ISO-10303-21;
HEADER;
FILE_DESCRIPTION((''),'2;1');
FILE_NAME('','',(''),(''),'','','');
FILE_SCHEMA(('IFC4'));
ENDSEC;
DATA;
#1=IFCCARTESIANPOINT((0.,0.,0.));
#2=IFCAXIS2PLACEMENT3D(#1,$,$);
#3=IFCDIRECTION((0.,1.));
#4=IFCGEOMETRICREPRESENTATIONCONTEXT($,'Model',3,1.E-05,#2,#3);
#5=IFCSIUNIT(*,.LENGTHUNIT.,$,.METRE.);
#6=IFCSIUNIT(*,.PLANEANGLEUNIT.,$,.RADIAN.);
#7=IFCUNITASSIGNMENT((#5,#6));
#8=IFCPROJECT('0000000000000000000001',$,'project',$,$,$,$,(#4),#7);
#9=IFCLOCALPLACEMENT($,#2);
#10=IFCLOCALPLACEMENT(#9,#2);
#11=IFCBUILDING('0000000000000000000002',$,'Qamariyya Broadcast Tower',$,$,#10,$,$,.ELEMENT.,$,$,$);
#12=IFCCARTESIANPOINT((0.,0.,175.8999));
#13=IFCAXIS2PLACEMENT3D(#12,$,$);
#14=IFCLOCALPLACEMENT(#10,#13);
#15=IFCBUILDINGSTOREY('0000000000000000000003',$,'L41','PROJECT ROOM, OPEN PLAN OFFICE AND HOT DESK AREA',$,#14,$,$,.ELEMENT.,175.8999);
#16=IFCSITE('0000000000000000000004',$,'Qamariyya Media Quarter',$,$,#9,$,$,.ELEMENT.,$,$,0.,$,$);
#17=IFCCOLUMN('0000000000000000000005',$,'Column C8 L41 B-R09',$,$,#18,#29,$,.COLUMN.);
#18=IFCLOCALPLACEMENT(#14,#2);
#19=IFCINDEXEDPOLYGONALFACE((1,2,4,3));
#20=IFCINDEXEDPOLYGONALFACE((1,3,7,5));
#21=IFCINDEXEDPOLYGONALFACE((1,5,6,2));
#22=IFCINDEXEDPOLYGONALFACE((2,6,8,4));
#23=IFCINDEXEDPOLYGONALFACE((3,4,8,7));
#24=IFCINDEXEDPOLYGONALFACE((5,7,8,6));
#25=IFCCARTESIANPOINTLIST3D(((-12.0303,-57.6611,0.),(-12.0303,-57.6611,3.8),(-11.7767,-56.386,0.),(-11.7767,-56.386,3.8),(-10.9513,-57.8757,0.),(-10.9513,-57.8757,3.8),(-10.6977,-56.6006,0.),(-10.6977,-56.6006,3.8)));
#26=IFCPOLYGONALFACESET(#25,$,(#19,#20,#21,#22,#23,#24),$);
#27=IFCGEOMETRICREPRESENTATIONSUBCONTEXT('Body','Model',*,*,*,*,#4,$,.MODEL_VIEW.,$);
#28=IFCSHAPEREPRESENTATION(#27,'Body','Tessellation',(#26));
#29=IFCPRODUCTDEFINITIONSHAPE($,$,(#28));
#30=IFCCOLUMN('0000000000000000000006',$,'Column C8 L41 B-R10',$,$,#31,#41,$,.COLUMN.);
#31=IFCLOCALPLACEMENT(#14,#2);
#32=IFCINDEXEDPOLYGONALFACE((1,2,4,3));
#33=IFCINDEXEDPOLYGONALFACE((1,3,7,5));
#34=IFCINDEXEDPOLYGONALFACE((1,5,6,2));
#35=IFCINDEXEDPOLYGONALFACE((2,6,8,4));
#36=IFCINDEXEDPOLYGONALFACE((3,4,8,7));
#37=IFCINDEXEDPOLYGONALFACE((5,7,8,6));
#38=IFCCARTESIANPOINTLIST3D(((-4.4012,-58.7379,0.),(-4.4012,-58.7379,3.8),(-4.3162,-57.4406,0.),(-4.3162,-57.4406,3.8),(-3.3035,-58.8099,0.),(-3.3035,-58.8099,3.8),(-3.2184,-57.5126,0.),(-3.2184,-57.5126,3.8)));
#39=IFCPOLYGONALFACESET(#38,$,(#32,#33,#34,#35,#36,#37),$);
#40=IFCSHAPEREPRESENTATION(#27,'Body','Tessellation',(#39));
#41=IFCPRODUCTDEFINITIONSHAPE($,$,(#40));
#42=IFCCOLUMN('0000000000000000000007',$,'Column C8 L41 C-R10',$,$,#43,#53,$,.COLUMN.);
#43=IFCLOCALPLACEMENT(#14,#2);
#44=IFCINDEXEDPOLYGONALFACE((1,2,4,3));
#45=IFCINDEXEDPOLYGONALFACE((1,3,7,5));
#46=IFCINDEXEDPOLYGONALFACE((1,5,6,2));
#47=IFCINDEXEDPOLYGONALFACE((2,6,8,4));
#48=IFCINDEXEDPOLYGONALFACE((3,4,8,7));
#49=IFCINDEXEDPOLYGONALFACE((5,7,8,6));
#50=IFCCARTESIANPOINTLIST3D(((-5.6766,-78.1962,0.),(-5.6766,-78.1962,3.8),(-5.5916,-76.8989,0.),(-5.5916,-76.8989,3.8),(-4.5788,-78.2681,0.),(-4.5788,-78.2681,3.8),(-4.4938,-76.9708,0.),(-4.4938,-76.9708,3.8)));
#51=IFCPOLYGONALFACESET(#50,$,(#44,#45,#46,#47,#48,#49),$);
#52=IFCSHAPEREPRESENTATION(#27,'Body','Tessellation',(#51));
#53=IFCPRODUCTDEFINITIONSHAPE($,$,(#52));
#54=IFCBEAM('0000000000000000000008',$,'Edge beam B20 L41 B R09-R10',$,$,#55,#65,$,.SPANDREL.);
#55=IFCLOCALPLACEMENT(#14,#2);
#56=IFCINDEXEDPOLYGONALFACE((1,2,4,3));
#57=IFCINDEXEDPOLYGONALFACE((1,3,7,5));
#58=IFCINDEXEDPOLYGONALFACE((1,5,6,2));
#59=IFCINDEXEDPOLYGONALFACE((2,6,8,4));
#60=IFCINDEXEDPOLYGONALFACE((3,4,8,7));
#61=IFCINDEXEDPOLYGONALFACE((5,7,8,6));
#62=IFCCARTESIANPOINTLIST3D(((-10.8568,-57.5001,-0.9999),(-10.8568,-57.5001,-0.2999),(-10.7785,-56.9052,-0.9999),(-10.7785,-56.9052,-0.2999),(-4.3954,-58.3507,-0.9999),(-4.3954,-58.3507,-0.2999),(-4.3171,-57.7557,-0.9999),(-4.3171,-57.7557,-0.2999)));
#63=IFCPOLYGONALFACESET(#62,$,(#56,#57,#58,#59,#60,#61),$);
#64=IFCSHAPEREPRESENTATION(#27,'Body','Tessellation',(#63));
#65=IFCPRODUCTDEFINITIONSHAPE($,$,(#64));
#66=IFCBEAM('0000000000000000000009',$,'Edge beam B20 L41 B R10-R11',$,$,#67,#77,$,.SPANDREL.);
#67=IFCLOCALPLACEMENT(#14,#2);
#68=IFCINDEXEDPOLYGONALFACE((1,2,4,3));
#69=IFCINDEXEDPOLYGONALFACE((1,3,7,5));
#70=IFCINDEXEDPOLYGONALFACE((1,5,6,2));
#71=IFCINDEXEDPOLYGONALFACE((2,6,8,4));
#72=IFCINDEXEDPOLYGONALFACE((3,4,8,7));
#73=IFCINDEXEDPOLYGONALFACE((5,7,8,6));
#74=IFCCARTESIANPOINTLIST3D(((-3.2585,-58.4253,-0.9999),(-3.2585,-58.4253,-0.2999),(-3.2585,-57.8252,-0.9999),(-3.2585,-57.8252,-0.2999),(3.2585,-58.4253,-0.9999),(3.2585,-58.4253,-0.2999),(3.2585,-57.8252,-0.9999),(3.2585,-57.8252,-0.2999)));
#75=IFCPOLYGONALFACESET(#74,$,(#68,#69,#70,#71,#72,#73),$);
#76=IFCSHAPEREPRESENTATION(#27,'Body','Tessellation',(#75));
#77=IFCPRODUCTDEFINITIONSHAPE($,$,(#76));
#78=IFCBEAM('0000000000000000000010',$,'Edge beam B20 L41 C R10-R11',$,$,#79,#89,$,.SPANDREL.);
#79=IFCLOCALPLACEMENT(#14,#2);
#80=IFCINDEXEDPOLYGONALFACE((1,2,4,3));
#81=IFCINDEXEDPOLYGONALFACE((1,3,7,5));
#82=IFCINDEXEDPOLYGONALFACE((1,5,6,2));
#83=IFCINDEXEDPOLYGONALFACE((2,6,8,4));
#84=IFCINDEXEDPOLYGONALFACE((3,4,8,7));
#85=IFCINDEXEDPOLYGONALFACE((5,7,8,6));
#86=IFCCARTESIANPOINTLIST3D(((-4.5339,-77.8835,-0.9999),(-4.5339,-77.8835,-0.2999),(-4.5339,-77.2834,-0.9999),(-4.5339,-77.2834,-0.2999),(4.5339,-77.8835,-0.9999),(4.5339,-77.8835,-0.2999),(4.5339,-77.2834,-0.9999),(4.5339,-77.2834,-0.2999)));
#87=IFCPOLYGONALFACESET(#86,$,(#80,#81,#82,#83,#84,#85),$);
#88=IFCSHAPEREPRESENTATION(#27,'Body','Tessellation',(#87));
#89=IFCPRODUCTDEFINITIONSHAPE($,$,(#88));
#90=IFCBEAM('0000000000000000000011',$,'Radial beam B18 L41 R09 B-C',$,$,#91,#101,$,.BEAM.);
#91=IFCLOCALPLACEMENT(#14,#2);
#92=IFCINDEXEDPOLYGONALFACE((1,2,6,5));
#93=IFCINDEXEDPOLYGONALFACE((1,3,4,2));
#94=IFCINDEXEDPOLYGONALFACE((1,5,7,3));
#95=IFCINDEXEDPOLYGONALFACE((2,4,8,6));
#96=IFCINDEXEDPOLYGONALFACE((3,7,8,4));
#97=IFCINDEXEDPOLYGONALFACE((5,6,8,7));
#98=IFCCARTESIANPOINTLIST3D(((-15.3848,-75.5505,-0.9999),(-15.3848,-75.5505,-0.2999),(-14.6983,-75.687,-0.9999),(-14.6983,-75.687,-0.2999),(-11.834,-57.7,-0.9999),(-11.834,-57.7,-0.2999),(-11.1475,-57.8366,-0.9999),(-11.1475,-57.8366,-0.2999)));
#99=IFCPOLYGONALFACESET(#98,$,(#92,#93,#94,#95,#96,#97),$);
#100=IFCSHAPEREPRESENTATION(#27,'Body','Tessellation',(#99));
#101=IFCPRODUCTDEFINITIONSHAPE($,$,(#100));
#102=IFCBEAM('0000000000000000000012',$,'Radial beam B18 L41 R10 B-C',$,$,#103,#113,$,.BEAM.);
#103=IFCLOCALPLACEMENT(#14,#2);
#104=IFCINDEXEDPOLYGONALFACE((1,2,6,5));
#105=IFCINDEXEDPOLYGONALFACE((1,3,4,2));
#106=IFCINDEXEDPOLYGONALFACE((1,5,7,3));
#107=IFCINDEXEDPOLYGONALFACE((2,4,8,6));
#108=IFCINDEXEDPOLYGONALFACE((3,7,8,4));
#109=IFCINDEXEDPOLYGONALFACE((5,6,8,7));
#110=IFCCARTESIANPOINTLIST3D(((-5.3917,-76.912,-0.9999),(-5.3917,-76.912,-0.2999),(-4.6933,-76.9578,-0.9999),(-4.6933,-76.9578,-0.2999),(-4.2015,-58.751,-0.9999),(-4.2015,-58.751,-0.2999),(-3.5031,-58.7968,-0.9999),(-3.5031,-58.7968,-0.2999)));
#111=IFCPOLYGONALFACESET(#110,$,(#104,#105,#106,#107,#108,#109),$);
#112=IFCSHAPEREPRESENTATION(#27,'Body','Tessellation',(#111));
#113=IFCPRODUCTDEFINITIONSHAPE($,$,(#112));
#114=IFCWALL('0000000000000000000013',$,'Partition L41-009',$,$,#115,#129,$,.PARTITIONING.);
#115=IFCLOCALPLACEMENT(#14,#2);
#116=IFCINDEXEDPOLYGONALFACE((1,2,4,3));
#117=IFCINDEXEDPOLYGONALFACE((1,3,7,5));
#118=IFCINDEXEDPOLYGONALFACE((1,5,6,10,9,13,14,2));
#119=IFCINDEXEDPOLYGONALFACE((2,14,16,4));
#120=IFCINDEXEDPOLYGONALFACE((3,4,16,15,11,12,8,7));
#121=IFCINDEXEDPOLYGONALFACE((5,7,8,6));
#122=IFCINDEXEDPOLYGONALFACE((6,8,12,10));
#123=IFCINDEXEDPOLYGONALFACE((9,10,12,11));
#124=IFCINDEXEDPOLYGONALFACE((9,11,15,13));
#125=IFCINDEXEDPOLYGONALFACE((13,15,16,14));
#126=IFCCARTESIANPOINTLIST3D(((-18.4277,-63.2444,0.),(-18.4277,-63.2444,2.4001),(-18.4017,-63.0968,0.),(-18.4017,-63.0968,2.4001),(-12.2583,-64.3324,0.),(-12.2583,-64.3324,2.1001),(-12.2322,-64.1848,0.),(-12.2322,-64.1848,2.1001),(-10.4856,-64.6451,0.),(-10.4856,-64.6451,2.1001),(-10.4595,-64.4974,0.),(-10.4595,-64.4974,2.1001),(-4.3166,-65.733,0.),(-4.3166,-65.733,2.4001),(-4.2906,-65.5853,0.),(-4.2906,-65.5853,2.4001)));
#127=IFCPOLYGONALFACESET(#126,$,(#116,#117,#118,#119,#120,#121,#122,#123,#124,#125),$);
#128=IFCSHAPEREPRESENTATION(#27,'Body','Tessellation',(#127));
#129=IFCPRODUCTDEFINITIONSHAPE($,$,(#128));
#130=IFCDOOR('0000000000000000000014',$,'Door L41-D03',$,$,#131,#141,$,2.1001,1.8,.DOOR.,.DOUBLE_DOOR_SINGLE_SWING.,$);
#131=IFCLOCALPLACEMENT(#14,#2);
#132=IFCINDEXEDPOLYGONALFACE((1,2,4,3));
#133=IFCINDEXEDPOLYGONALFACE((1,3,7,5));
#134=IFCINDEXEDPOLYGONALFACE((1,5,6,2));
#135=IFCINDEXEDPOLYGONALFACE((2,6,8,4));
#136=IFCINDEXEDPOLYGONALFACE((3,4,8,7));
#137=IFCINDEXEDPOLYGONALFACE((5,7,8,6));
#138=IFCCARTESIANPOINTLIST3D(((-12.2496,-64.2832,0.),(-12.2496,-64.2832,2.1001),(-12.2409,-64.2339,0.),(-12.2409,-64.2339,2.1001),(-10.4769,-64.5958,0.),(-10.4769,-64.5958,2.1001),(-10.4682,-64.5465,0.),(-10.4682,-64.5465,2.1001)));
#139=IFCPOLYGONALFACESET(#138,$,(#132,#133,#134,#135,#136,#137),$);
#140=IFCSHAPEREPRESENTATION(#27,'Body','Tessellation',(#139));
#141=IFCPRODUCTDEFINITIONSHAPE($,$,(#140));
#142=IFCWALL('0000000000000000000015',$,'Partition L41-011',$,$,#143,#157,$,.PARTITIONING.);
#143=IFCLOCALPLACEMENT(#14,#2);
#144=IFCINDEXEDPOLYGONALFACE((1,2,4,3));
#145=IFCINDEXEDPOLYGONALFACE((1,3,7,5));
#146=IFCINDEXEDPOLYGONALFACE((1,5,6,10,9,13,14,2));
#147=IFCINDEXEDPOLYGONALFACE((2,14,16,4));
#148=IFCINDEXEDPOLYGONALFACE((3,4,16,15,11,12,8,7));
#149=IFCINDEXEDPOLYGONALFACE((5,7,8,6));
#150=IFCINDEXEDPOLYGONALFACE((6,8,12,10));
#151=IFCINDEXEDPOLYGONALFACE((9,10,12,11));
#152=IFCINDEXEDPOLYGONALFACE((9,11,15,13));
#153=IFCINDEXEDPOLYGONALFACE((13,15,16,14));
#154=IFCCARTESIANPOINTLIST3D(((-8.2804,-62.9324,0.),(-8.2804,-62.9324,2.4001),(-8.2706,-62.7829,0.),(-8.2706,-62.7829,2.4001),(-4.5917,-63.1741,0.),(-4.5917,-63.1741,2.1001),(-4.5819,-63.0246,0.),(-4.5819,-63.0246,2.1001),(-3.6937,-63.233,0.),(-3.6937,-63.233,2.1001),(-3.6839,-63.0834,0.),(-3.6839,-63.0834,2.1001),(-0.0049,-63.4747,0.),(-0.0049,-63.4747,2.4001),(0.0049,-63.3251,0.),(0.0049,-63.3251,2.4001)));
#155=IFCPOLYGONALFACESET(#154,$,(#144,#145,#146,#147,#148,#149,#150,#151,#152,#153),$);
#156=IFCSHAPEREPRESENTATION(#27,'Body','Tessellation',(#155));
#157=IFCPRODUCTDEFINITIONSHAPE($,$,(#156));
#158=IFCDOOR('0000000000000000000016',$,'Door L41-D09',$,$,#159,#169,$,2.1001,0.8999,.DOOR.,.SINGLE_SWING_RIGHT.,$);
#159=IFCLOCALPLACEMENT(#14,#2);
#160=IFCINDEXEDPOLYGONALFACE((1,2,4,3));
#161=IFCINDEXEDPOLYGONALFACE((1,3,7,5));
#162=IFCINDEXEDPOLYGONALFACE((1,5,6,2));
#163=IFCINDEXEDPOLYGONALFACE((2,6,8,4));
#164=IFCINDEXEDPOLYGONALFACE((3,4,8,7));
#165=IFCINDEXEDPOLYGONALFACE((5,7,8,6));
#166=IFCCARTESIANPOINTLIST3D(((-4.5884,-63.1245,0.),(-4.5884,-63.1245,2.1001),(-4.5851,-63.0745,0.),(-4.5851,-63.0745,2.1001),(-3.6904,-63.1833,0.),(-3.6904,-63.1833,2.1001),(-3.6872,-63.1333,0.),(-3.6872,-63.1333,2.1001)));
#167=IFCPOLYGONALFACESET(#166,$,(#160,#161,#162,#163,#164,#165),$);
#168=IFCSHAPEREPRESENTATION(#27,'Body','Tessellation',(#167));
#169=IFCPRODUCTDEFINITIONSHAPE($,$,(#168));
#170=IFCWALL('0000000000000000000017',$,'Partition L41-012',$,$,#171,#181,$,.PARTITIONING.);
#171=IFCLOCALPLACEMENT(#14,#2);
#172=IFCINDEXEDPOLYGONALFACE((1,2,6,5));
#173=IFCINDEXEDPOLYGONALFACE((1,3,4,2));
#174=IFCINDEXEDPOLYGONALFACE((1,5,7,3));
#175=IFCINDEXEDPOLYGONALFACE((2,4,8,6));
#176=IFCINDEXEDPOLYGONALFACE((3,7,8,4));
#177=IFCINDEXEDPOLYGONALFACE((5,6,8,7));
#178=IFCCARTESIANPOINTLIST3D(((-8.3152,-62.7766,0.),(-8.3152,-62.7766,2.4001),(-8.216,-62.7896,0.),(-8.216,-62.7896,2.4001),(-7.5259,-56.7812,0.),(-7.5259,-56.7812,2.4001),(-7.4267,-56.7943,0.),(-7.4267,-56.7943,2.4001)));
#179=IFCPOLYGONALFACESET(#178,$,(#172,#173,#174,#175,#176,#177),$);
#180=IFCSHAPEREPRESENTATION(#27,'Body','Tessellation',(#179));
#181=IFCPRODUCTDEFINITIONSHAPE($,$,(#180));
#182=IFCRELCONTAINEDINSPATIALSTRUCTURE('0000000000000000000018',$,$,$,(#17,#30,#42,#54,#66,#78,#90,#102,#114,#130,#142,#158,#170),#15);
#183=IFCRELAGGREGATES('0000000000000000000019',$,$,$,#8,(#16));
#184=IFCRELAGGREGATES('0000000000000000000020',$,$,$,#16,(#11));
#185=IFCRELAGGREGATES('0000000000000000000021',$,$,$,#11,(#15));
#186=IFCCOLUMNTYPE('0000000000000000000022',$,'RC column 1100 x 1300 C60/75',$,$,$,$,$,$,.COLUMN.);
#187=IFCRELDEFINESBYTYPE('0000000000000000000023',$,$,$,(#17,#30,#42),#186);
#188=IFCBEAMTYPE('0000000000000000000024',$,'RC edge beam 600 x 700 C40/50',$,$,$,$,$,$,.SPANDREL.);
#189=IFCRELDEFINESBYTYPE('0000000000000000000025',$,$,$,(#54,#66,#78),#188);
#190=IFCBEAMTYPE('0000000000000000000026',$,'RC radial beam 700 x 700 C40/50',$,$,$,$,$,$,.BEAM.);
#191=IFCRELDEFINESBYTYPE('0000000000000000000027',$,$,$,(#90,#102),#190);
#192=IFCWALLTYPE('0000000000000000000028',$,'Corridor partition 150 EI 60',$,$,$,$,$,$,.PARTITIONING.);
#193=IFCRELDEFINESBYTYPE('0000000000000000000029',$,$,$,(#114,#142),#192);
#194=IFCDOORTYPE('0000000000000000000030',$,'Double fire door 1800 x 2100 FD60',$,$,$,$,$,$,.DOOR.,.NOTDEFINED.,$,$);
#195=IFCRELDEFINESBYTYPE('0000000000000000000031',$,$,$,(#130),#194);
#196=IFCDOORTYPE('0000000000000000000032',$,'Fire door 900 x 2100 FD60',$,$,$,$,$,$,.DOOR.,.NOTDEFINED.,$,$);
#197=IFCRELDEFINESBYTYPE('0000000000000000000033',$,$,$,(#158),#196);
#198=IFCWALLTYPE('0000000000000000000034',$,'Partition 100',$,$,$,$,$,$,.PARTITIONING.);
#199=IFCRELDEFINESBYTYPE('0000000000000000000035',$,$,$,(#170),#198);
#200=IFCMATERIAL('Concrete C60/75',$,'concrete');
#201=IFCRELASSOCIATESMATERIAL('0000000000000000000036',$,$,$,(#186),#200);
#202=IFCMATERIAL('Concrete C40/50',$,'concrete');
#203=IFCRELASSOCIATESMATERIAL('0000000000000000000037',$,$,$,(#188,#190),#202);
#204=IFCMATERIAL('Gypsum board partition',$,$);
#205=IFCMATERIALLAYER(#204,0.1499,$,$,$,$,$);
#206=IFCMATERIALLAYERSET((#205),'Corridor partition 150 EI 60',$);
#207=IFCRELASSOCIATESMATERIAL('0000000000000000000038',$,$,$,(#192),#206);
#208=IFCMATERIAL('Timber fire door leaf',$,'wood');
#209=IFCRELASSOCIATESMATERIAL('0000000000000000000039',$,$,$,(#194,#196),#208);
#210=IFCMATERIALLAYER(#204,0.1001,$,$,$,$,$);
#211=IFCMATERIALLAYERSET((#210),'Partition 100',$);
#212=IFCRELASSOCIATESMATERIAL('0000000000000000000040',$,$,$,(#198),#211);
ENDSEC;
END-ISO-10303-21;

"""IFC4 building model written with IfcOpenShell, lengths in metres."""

from ifc_helpers import new_model, si_unit, direction, frame, frame_2d, origin, origin_2d, place, context, subcontext, project, spatial, rectangle, extrude, material, layer, layer_set, material_profile, profile_set, type_object, element, fill, save


model = new_model("IFC4")

# Units and contexts
model_context = context("Model", 3, precision=1e-05, world=origin(), true_north=direction((0.0, 1.0)))
body_context = subcontext(model_context, "Body", "Model", "MODEL_VIEW")
ifc_project = project(units=[si_unit("LENGTHUNIT", "METRE"), si_unit("PLANEANGLEUNIT", "RADIAN")], contexts=[model_context])

# Site, building, storey
site_placement = place(None, origin())
site = spatial("IfcSite", under=ifc_project, at=site_placement, Name="Qamariyya Media Quarter", CompositionType="ELEMENT", RefElevation=0.0)
building_placement = place(site_placement, origin())
building = spatial("IfcBuilding", under=site, at=building_placement, Name="Qamariyya Broadcast Tower", CompositionType="ELEMENT")
storey_placement = place(building_placement, frame((0.0, 0.0, 175.8999)))
storey = spatial("IfcBuildingStorey", under=building, at=storey_placement, Name="L41", Description="PROJECT ROOM, OPEN PLAN OFFICE AND HOT DESK AREA", CompositionType="ELEMENT", Elevation=175.8999)

# Columns
ifc_material_1 = material(Name="Concrete C60/75", Category="concrete")
ifc_material_profile_1 = material_profile(ifc_material_1, rectangle(XDim=1.1001, YDim=1.3, at=origin_2d()))
ifc_profile_set_1 = profile_set([ifc_material_profile_1], Name="Concrete C60/75")
column_type = type_object("IfcColumnType", Name="RC column 1100 x 1300 C60/75", PredefinedType="COLUMN", material=ifc_profile_set_1)
for number, where, z_axis, x_axis, name in (
    (1, (-11.364, -57.1309, 0.0), (0.0, 0.0, 1.0), (0.980785, -0.19509, 0.0), "Column C8 L41 B-R09"),
    (2, (-3.8098, -58.1252, 0.0), (0.0, 0.0, 1.0), (0.997859, -0.065403, 0.0), "Column C8 L41 B-R10"),
    (3, (-5.0852, -77.5835, 0.0), (0.0, 0.0, 1.0), (0.997859, -0.065403, 0.0), "Column C8 L41 C-R10"),
):
    element("IfcColumn", number, at=place(storey_placement, frame(where, z_axis=z_axis, x_axis=x_axis)), inside=storey, type_object=column_type, Name=name, PredefinedType="COLUMN", context=body_context, shape_type="SweptSolid", body=[
        extrude(rectangle(XDim=1.1001, YDim=1.3, at=origin_2d()), origin(), (0.0, 0.0, 1.0), 3.8),
    ])

# Beams
ifc_material_2 = material(Name="Concrete C40/50", Category="concrete")
ifc_material_profile_2 = material_profile(ifc_material_2, rectangle(XDim=0.6001, YDim=0.7, at=origin_2d()))
ifc_profile_set_2 = profile_set([ifc_material_profile_2], Name="Concrete C40/50")
beam_type_1 = type_object("IfcBeamType", Name="RC edge beam 600 x 700 C40/50", PredefinedType="SPANDREL", material=ifc_profile_set_2)
for number, where, z_axis, x_axis, name in (
    (4, (-10.8176, -57.2026, -0.6499), (0.991446, -0.130515, 0.0), (0.130515, 0.991446, 0.0), "Edge beam B20 L41 B R09-R10"),
    (5, (-3.2585, -58.1252, -0.6499), (1.0, 0.0, 0.0), (0.0, 1.0, 0.0), "Edge beam B20 L41 B R10-R11"),
):
    element("IfcBeam", number, at=place(storey_placement, frame(where, z_axis=z_axis, x_axis=x_axis)), inside=storey, type_object=beam_type_1, Name=name, PredefinedType="SPANDREL", context=body_context, shape_type="SweptSolid", body=[
        extrude(rectangle(XDim=0.6001, YDim=0.7, at=origin_2d()), origin(), (0.0, 0.0, 1.0), 6.5171),
    ])
beam_1_placement = place(storey_placement, frame((-4.5339, -77.5835, -0.6499), z_axis=(1.0, 0.0, 0.0), x_axis=(0.0, 1.0, 0.0)))
element("IfcBeam", 6, at=beam_1_placement, inside=storey, type_object=beam_type_1, Name="Edge beam B20 L41 C R10-R11", PredefinedType="SPANDREL", context=body_context, shape_type="SweptSolid", body=[
    extrude(rectangle(XDim=0.6001, YDim=0.7, at=origin_2d()), origin(), (0.0, 0.0, 1.0), 9.0679),
])
ifc_material_profile_3 = material_profile(ifc_material_2, rectangle(XDim=0.7, YDim=0.7, at=origin_2d()))
ifc_profile_set_3 = profile_set([ifc_material_profile_3], Name="Concrete C40/50")
beam_type_2 = type_object("IfcBeamType", Name="RC radial beam 700 x 700 C40/50", PredefinedType="BEAM", material=ifc_profile_set_3)
beam_2_placement = place(storey_placement, frame((-11.4907, -57.7683, -0.6499), z_axis=(-0.195097, -0.980784, 0.0), x_axis=(0.980784, -0.195097, 0.0)))
element("IfcBeam", 7, at=beam_2_placement, inside=storey, type_object=beam_type_2, Name="Radial beam B18 L41 R09 B-C", PredefinedType="BEAM", context=body_context, shape_type="SweptSolid", body=[
    extrude(rectangle(XDim=0.7, YDim=0.7, at=origin_2d()), origin(), (0.0, 0.0, 1.0), 18.2002),
])
beam_3_placement = place(storey_placement, frame((-3.8523, -58.7739, -0.6499), z_axis=(-0.065395, -0.997859, 0.0), x_axis=(0.997859, -0.065395, 0.0)))
element("IfcBeam", 8, at=beam_3_placement, inside=storey, type_object=beam_type_2, Name="Radial beam B18 L41 R10 B-C", PredefinedType="BEAM", context=body_context, shape_type="SweptSolid", body=[
    extrude(rectangle(XDim=0.7, YDim=0.7, at=origin_2d()), origin(), (0.0, 0.0, 1.0), 18.2),
])

# Walls, openings, doors
ifc_material_3 = material(Name="Gypsum board partition")
ifc_layer_1 = layer(ifc_material_3, 0.1499)
ifc_layer_set_1 = layer_set([ifc_layer_1], Name="Corridor partition 150 EI 60")
wall_type_1 = type_object("IfcWallType", Name="Corridor partition 150 EI 60", PredefinedType="PARTITIONING", material=ifc_layer_set_1)
wall_1_placement = place(storey_placement, frame((-4.3035, -65.6592, 0.0), z_axis=(0.0, 0.0, 1.0), x_axis=(-0.984803, 0.173673, 0.0)))
wall_1 = element("IfcWall", 9, at=wall_1_placement, inside=storey, type_object=wall_type_1, Name="Partition L41-009", PredefinedType="PARTITIONING", context=body_context, shape_type="SweptSolid", body=[
    extrude(rectangle(XDim=14.3289, YDim=0.1499, at=frame_2d((7.1646, 0.0))), origin(), (0.0, 0.0, 1.0), 2.4001),
])
opening_1_placement = place(wall_1_placement, frame((6.2644, 0.0, 0.0)))
opening_1 = element("IfcOpeningElement", 10, at=opening_1_placement, cuts=wall_1, PredefinedType="OPENING", context=body_context, shape_type="SweptSolid", body=[
    extrude(rectangle(XDim=1.8, YDim=2.1001, at=frame_2d((0.8999, 1.05))), frame((0.0, 0.085, 0.0), z_axis=(0.0, -1.0, 0.0), x_axis=(1.0, 0.0, 0.0)), (0.0, 0.0, 1.0), 0.1699),
])
ifc_material_4 = material(Name="Timber fire door leaf", Category="wood")
door_type_1 = type_object("IfcDoorType", Name="Double fire door 1800 x 2100 FD60", OperationType="NOTDEFINED", PredefinedType="DOOR", material=ifc_material_4)
door_1_placement = place(opening_1_placement, origin())
door_1 = element("IfcDoor", 11, at=door_1_placement, inside=storey, type_object=door_type_1, Name="Door L41-D03", OperationType="DOUBLE_DOOR_SINGLE_SWING", OverallHeight=2.1001, OverallWidth=1.8, PredefinedType="DOOR", context=body_context, shape_type="SweptSolid", body=[
    extrude(rectangle(XDim=1.8, YDim=2.1001, at=frame_2d((0.8999, 1.05))), frame((0.0, 0.0249, 0.0), z_axis=(0.0, -1.0, 0.0), x_axis=(1.0, 0.0, 0.0)), (0.0, 0.0, 1.0), 0.05),
])
fill(opening_1, door_1)
wall_2_placement = place(storey_placement, frame((-8.2754, -62.8577, 0.0), z_axis=(0.0, 0.0, 1.0), x_axis=(0.99786, -0.065384, 0.0)))
wall_2 = element("IfcWall", 12, at=wall_2_placement, inside=storey, type_object=wall_type_1, Name="Partition L41-011", PredefinedType="PARTITIONING", context=body_context, shape_type="SweptSolid", body=[
    extrude(rectangle(XDim=8.2932, YDim=0.1499, at=frame_2d((4.1465, 0.0))), origin(), (0.0, 0.0, 1.0), 2.4001),
])
opening_2_placement = place(wall_2_placement, frame((3.6965, 0.0, 0.0)))
opening_2 = element("IfcOpeningElement", 13, at=opening_2_placement, cuts=wall_2, PredefinedType="OPENING", context=body_context, shape_type="SweptSolid", body=[
    extrude(rectangle(XDim=0.8999, YDim=2.1001, at=frame_2d((0.45, 1.05))), frame((0.0, 0.085, 0.0), z_axis=(0.0, -1.0, 0.0), x_axis=(1.0, 0.0, 0.0)), (0.0, 0.0, 1.0), 0.1699),
])
door_type_2 = type_object("IfcDoorType", Name="Fire door 900 x 2100 FD60", OperationType="NOTDEFINED", PredefinedType="DOOR", material=ifc_material_4)
door_2_placement = place(opening_2_placement, origin())
door_2 = element("IfcDoor", 14, at=door_2_placement, inside=storey, type_object=door_type_2, Name="Door L41-D09", OperationType="SINGLE_SWING_RIGHT", OverallHeight=2.1001, OverallWidth=0.8999, PredefinedType="DOOR", context=body_context, shape_type="SweptSolid", body=[
    extrude(rectangle(XDim=0.8999, YDim=2.1001, at=frame_2d((0.45, 1.05))), frame((0.0, 0.0249, 0.0), z_axis=(0.0, -1.0, 0.0), x_axis=(1.0, 0.0, 0.0)), (0.0, 0.0, 1.0), 0.05),
])
fill(opening_2, door_2)

# Wall
ifc_layer_2 = layer(ifc_material_3, 0.1001)
ifc_layer_set_2 = layer_set([ifc_layer_2], Name="Partition 100")
wall_type_2 = type_object("IfcWallType", Name="Partition 100", PredefinedType="PARTITIONING", material=ifc_layer_set_2)
wall_3_placement = place(storey_placement, frame((-7.4763, -56.7878, 0.0), z_axis=(0.0, 0.0, 1.0), x_axis=(-0.130527, -0.991445, 0.0)))
element("IfcWall", 15, at=wall_3_placement, inside=storey, type_object=wall_type_2, Name="Partition L41-012", PredefinedType="PARTITIONING", context=body_context, shape_type="SweptSolid", body=[
    extrude(rectangle(XDim=6.0471, YDim=0.1001, at=frame_2d((3.0234, 0.0))), origin(), (0.0, 0.0, 1.0), 2.4001),
])

save(model, "model.ifc")
